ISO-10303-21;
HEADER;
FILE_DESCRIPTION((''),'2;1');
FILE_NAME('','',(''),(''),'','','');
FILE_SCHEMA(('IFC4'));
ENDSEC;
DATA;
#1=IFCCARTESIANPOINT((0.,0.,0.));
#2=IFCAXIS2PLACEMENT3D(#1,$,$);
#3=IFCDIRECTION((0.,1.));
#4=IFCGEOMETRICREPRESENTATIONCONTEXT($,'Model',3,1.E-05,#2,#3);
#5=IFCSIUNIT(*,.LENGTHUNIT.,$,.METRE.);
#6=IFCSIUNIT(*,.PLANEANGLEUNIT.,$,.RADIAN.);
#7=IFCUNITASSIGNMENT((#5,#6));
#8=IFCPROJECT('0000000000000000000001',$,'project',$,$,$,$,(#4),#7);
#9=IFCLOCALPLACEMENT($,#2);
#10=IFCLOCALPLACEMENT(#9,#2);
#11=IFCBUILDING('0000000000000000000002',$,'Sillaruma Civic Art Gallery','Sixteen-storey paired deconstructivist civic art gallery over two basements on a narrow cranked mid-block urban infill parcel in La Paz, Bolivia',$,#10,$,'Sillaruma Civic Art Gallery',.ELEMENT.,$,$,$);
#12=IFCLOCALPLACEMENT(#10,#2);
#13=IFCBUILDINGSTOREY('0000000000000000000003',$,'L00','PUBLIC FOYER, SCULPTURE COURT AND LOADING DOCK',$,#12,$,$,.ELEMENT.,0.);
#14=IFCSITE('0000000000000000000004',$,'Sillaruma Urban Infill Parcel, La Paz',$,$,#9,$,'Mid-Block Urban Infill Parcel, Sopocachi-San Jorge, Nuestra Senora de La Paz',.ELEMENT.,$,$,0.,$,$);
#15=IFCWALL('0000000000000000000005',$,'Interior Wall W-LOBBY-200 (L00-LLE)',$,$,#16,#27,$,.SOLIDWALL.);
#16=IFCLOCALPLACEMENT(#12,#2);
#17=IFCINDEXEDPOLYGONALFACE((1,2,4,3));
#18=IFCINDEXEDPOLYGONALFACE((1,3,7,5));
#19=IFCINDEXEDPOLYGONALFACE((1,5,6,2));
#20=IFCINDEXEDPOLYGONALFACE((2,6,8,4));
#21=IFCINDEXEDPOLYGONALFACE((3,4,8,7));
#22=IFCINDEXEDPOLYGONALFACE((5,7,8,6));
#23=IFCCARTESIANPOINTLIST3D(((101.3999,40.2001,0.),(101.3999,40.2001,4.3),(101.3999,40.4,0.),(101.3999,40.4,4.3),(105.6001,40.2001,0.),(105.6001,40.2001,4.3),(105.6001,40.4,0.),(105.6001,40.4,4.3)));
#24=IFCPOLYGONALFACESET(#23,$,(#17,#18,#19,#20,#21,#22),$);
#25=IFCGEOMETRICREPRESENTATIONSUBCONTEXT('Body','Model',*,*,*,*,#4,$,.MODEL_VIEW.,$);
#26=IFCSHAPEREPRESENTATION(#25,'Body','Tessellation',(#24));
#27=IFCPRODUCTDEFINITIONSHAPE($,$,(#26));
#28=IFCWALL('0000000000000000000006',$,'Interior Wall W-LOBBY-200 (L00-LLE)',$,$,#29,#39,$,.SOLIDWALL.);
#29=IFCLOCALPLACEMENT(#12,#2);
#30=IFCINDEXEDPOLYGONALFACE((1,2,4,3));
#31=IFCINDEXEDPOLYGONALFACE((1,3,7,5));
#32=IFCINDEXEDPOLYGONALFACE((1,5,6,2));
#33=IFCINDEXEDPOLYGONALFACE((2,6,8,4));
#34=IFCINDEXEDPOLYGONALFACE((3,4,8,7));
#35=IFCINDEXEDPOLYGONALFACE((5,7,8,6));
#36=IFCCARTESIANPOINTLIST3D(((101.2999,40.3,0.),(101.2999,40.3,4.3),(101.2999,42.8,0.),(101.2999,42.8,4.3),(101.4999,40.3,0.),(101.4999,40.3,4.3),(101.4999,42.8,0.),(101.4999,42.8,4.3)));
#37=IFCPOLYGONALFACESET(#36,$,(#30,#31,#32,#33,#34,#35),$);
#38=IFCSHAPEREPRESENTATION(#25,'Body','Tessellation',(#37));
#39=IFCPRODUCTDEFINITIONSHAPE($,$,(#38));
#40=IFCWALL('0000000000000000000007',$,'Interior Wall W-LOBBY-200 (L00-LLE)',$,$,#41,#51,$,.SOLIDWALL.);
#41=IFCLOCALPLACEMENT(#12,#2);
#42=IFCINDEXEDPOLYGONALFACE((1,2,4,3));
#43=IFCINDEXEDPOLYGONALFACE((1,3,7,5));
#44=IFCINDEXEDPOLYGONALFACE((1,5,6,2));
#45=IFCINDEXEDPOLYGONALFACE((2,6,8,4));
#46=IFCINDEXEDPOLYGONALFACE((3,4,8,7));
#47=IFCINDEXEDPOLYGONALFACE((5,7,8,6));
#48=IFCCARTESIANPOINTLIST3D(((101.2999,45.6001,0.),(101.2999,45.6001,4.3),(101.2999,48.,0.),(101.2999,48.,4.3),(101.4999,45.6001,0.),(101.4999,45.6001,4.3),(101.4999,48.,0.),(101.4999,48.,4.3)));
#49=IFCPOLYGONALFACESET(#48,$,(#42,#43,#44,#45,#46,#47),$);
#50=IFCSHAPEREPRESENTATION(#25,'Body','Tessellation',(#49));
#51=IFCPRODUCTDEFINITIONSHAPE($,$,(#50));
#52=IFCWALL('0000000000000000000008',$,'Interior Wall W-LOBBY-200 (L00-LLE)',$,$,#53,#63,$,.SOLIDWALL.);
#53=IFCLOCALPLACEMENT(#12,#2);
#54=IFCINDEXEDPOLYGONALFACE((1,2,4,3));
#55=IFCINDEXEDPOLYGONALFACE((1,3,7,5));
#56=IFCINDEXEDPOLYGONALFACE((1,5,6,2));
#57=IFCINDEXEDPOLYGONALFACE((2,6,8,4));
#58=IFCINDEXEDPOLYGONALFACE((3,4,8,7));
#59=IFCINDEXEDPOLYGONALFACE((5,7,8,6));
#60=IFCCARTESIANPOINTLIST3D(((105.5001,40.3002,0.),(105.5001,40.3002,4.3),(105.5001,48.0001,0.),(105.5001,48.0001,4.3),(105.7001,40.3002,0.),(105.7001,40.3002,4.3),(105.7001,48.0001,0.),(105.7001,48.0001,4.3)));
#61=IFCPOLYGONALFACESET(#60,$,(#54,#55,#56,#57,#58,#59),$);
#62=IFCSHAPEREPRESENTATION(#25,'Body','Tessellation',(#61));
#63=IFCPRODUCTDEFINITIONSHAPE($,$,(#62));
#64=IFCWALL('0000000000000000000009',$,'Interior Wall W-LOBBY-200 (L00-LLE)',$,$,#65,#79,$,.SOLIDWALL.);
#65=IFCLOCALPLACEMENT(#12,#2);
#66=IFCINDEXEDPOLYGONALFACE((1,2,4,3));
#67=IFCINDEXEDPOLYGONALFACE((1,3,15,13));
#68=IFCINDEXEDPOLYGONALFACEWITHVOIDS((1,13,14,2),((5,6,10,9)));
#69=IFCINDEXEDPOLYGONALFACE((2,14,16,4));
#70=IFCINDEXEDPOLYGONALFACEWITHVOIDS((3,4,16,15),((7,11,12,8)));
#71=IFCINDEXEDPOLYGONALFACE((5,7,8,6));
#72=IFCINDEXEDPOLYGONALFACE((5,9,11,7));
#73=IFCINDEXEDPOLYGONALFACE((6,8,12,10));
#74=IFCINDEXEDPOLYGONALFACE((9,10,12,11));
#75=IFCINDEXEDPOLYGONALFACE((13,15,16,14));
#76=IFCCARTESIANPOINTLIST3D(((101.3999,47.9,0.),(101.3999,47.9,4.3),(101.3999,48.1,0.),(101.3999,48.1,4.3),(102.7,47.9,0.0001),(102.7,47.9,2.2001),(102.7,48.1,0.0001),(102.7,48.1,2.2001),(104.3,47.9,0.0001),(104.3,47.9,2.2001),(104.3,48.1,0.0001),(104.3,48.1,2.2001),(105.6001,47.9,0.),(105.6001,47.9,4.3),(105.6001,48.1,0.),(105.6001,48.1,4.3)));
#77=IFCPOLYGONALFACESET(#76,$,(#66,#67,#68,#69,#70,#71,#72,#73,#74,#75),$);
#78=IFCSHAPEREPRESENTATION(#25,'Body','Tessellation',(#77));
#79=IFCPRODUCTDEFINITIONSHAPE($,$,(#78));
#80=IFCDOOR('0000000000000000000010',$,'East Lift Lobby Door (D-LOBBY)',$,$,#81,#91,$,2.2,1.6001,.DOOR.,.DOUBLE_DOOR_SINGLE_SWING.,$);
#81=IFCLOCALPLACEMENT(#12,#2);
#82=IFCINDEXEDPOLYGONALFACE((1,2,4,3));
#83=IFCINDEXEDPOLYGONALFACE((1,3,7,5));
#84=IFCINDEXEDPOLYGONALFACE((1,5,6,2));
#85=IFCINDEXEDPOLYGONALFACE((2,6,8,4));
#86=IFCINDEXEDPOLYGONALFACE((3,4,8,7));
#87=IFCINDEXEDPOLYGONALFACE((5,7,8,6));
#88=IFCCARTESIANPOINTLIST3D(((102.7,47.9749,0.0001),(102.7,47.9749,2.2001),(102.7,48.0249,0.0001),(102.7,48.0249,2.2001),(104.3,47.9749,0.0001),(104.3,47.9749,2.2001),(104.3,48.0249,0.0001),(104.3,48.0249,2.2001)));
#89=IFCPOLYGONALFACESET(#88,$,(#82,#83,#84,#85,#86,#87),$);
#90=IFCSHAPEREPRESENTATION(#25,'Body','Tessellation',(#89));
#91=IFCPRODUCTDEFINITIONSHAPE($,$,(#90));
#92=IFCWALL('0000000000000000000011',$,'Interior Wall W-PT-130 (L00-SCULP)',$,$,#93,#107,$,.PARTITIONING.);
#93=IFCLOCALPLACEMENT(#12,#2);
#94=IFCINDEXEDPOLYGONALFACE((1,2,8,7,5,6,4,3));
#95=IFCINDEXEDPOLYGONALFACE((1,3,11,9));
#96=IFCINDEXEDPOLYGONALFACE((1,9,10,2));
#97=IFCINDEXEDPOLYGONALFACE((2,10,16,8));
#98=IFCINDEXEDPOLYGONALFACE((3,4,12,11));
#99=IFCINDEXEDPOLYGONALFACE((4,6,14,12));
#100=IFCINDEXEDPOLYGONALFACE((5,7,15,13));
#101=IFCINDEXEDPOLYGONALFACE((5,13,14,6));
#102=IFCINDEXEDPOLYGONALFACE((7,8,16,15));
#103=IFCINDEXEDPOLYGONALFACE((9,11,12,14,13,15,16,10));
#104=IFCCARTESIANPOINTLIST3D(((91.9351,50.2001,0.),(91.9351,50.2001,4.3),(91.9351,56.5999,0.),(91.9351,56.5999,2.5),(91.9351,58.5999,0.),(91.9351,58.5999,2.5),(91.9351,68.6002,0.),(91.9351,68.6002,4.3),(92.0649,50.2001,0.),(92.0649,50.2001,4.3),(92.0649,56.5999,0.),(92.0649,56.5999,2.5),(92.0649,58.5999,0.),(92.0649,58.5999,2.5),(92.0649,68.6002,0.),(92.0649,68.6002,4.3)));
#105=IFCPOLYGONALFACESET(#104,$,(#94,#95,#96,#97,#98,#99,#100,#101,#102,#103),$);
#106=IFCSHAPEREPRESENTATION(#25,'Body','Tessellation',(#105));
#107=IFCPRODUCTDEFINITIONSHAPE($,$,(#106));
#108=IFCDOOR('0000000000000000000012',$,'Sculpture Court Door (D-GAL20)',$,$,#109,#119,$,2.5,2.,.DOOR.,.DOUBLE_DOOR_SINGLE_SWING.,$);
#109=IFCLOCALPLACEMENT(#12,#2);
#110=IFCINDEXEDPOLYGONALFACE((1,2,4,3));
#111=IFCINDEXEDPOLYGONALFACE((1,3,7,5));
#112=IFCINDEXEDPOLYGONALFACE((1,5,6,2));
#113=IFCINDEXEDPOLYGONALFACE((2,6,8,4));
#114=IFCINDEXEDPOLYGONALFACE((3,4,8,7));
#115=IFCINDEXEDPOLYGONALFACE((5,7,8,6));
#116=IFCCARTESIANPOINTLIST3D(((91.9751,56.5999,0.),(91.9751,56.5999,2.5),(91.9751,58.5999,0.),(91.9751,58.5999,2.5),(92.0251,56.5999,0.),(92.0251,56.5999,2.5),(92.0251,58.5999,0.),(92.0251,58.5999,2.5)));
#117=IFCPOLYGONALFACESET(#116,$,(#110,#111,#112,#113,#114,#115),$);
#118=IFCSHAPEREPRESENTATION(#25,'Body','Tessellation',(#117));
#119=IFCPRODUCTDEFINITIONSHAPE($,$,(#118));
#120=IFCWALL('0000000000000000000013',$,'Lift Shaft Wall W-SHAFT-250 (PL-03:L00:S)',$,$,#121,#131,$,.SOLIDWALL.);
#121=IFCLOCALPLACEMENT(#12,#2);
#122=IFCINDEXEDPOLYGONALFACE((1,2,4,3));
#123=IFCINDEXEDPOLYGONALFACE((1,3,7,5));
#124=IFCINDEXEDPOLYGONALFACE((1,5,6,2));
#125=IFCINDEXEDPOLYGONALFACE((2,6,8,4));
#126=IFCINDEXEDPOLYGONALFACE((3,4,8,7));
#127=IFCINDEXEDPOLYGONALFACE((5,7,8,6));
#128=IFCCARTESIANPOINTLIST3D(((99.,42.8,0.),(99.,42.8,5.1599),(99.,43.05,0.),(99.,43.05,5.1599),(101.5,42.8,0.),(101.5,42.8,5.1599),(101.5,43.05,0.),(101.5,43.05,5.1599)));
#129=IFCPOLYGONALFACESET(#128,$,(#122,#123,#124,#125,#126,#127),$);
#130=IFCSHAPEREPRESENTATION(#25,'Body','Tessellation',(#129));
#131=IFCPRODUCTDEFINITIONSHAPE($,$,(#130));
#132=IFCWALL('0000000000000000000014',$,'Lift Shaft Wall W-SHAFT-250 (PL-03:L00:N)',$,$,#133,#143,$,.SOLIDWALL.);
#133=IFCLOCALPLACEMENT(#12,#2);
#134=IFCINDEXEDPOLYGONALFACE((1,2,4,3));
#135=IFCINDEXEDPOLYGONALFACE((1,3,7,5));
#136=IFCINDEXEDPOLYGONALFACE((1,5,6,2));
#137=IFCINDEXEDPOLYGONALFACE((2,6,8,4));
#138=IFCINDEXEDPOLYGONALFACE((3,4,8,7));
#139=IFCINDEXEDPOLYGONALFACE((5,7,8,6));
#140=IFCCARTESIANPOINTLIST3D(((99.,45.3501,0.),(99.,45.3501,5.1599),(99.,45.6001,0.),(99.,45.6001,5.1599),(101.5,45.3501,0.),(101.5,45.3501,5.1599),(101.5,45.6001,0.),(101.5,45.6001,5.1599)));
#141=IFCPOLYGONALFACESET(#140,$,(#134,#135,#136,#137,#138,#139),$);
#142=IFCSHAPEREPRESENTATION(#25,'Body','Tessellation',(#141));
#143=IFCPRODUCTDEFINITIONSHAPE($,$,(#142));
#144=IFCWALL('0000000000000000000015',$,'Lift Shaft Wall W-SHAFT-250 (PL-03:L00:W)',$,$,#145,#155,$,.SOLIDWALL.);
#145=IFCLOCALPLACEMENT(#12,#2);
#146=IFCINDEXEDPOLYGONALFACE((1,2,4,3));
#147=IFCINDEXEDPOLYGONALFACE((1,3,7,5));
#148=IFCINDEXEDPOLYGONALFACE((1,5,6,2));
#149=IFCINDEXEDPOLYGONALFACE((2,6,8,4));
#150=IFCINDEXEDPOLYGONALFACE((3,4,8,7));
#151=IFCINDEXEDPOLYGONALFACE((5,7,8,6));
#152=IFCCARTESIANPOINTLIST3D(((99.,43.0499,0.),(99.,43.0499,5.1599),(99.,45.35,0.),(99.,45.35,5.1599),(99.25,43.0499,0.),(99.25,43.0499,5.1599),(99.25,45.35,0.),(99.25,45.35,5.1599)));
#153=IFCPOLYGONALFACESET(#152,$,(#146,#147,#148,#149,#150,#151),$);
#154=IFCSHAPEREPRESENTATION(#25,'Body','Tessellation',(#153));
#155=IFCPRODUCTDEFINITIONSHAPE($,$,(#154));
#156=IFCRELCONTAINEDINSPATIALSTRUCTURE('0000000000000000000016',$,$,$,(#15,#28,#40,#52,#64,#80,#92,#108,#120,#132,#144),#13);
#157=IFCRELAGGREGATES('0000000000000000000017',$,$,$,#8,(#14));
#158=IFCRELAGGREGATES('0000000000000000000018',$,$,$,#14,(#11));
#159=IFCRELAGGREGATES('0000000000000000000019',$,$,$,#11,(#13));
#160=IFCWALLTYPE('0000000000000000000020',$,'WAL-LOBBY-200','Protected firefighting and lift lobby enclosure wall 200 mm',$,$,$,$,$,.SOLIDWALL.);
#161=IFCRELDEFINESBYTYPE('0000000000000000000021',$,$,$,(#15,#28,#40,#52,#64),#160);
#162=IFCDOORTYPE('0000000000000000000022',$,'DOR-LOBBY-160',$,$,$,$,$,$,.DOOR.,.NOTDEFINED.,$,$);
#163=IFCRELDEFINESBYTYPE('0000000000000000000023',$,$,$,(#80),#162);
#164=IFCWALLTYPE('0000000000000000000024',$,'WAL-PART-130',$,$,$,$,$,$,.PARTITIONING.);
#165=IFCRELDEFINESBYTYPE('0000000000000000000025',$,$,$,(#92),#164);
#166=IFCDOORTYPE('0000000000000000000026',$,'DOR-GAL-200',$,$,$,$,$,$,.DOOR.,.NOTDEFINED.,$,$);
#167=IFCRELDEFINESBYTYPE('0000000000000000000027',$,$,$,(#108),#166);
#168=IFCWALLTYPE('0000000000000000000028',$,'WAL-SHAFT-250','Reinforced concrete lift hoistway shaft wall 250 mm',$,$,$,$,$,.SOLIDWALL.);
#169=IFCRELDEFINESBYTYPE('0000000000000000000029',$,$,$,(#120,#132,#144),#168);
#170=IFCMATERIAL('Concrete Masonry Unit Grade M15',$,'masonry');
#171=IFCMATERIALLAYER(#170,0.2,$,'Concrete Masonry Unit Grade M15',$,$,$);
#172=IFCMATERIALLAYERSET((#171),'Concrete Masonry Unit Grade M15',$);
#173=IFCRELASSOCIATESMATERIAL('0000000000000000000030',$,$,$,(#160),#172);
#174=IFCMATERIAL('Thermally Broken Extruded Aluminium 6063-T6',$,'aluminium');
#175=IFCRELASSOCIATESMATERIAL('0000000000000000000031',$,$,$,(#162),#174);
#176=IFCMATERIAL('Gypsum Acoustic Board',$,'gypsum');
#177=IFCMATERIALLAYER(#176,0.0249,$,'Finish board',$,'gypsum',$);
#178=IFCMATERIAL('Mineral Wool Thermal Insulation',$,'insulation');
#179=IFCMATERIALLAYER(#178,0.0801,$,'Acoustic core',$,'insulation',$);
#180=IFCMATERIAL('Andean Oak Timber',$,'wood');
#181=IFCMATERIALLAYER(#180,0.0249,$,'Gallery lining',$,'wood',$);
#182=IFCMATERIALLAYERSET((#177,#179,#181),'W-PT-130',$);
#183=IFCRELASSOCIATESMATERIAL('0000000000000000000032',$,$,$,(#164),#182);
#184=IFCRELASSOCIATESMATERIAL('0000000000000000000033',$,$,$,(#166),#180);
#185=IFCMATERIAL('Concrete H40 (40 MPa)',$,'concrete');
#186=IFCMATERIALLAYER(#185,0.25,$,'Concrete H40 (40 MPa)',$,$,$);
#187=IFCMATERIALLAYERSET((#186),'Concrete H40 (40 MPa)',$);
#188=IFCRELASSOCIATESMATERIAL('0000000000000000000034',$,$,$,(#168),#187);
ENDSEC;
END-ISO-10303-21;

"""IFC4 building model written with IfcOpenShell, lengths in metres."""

from ifc_helpers import new_model, si_unit, direction, frame, frame_2d, origin, place, context, subcontext, project, spatial, rectangle, extrude, material, layer, layer_set, type_object, element, fill, save


model = new_model("IFC4")

# Units and contexts
model_context = context("Model", 3, precision=1e-05, world=origin(), true_north=direction((0.0, 1.0)))
body_context = subcontext(model_context, "Body", "Model", "MODEL_VIEW")
ifc_project = project(units=[si_unit("LENGTHUNIT", "METRE"), si_unit("PLANEANGLEUNIT", "RADIAN")], contexts=[model_context])

# Site, building, storey
site_placement = place(None, origin())
site = spatial("IfcSite", under=ifc_project, at=site_placement, Name="Sillaruma Urban Infill Parcel, La Paz", LongName="Mid-Block Urban Infill Parcel, Sopocachi-San Jorge, Nuestra Senora de La Paz", CompositionType="ELEMENT", RefElevation=0.0)
building_placement = place(site_placement, origin())
building = spatial("IfcBuilding", under=site, at=building_placement, Name="Sillaruma Civic Art Gallery", Description="Sixteen-storey paired deconstructivist civic art gallery over two basements on a narrow cranked mid-block urban infill parcel in La Paz, Bolivia", LongName="Sillaruma Civic Art Gallery", CompositionType="ELEMENT")
storey_placement = place(building_placement, origin())
storey = spatial("IfcBuildingStorey", under=building, at=storey_placement, Name="L00", Description="PUBLIC FOYER, SCULPTURE COURT AND LOADING DOCK", CompositionType="ELEMENT", Elevation=0.0)

# Shared definitions
ifc_material_1 = material(Name="Concrete H40 (40 MPa)", Category="concrete")

# Walls
ifc_material_2 = material(Name="Concrete Masonry Unit Grade M15", Category="masonry")
ifc_layer_1 = layer(ifc_material_2, 0.2, Name="Concrete Masonry Unit Grade M15")
ifc_layer_set_1 = layer_set([ifc_layer_1], Name="Concrete Masonry Unit Grade M15")
wall_type_1 = type_object("IfcWallType", Name="WAL-LOBBY-200", Description="Protected firefighting and lift lobby enclosure wall 200 mm", PredefinedType="SOLIDWALL", material=ifc_layer_set_1)
wall_1_placement = place(storey_placement, frame((101.3999, 40.3, 0.0), z_axis=(0.0, 0.0, 1.0), x_axis=(1.0, 0.0, 0.0)))
element("IfcWall", 1, at=wall_1_placement, inside=storey, type_object=wall_type_1, Name="Interior Wall W-LOBBY-200 (L00-LLE)", PredefinedType="SOLIDWALL", context=body_context, shape_type="SweptSolid", body=[
    extrude(rectangle(XDim=4.2002, YDim=0.2, at=frame_2d((2.1001, 0.0))), origin(), (0.0, 0.0, 1.0), 4.3),
])
wall_2_placement = place(storey_placement, frame((101.3999, 40.3, 0.0), z_axis=(0.0, 0.0, 1.0), x_axis=(0.0, 1.0, 0.0)))
element("IfcWall", 2, at=wall_2_placement, inside=storey, type_object=wall_type_1, Name="Interior Wall W-LOBBY-200 (L00-LLE)", PredefinedType="SOLIDWALL", context=body_context, shape_type="SweptSolid", body=[
    extrude(rectangle(XDim=2.5, YDim=0.2, at=frame_2d((1.25, 0.0))), origin(), (0.0, 0.0, 1.0), 4.3),
])
wall_3_placement = place(storey_placement, frame((101.3999, 45.6001, 0.0), z_axis=(0.0, 0.0, 1.0), x_axis=(0.0, 1.0, 0.0)))
element("IfcWall", 3, at=wall_3_placement, inside=storey, type_object=wall_type_1, Name="Interior Wall W-LOBBY-200 (L00-LLE)", PredefinedType="SOLIDWALL", context=body_context, shape_type="SweptSolid", body=[
    extrude(rectangle(XDim=2.3999, YDim=0.2, at=frame_2d((1.2, 0.0))), origin(), (0.0, 0.0, 1.0), 4.3),
])
wall_4_placement = place(storey_placement, frame((105.6001, 40.3, 0.0), z_axis=(0.0, 0.0, 1.0), x_axis=(0.0, 1.0, 0.0)))
element("IfcWall", 4, at=wall_4_placement, inside=storey, type_object=wall_type_1, Name="Interior Wall W-LOBBY-200 (L00-LLE)", PredefinedType="SOLIDWALL", context=body_context, shape_type="SweptSolid", body=[
    extrude(rectangle(XDim=7.7, YDim=0.2, at=frame_2d((3.8501, 0.0))), origin(), (0.0, 0.0, 1.0), 4.3),
])

# Walls, openings, doors
wall_5_placement = place(storey_placement, frame((101.3999, 48.0, 0.0), z_axis=(0.0, 0.0, 1.0), x_axis=(1.0, 0.0, 0.0)))
wall_5 = element("IfcWall", 5, at=wall_5_placement, inside=storey, type_object=wall_type_1, Name="Interior Wall W-LOBBY-200 (L00-LLE)", PredefinedType="SOLIDWALL", context=body_context, shape_type="SweptSolid", body=[
    extrude(rectangle(XDim=4.2002, YDim=0.2, at=frame_2d((2.1001, 0.0))), origin(), (0.0, 0.0, 1.0), 4.3),
])
opening_1_placement = place(wall_5_placement, frame((1.3, 0.0, 0.0)))
opening_1 = element("IfcOpeningElement", 6, at=opening_1_placement, cuts=wall_5, PredefinedType="OPENING", context=body_context, shape_type="SweptSolid", body=[
    extrude(rectangle(XDim=1.6001, YDim=2.2, at=frame_2d((0.8, 1.1001))), frame((0.0, 0.1099, 0.0), z_axis=(0.0, -1.0, 0.0), x_axis=(1.0, 0.0, 0.0)), (0.0, 0.0, 1.0), 0.22),
])
ifc_material_3 = material(Name="Thermally Broken Extruded Aluminium 6063-T6", Category="aluminium")
door_type_1 = type_object("IfcDoorType", Name="DOR-LOBBY-160", OperationType="NOTDEFINED", PredefinedType="DOOR", material=ifc_material_3)
door_1_placement = place(opening_1_placement, origin())
door_1 = element("IfcDoor", 7, at=door_1_placement, inside=storey, type_object=door_type_1, Name="East Lift Lobby Door (D-LOBBY)", OperationType="DOUBLE_DOOR_SINGLE_SWING", OverallHeight=2.2, OverallWidth=1.6001, PredefinedType="DOOR", context=body_context, shape_type="SweptSolid", body=[
    extrude(rectangle(XDim=1.6001, YDim=2.2, at=frame_2d((0.8, 1.1001))), frame((0.0, 0.0249, 0.0), z_axis=(0.0, -1.0, 0.0), x_axis=(1.0, 0.0, 0.0)), (0.0, 0.0, 1.0), 0.05),
])
fill(opening_1, door_1)
ifc_material_4 = material(Name="Gypsum Acoustic Board", Category="gypsum")
ifc_layer_2 = layer(ifc_material_4, 0.0249, Name="Finish board", Category="gypsum")
ifc_material_5 = material(Name="Mineral Wool Thermal Insulation", Category="insulation")
ifc_layer_3 = layer(ifc_material_5, 0.0801, Name="Acoustic core", Category="insulation")
ifc_material_6 = material(Name="Andean Oak Timber", Category="wood")
ifc_layer_4 = layer(ifc_material_6, 0.0249, Name="Gallery lining", Category="wood")
ifc_layer_set_2 = layer_set([ifc_layer_2, ifc_layer_3, ifc_layer_4], Name="W-PT-130")
wall_type_2 = type_object("IfcWallType", Name="WAL-PART-130", PredefinedType="PARTITIONING", material=ifc_layer_set_2)
wall_6_placement = place(storey_placement, frame((92.0, 50.2, 0.0), z_axis=(0.0, 0.0, 1.0), x_axis=(0.0, 1.0, 0.0)))
wall_6 = element("IfcWall", 8, at=wall_6_placement, inside=storey, type_object=wall_type_2, Name="Interior Wall W-PT-130 (L00-SCULP)", PredefinedType="PARTITIONING", context=body_context, shape_type="SweptSolid", body=[
    extrude(rectangle(XDim=18.4001, YDim=0.1299, at=frame_2d((9.2002, 0.0))), origin(), (0.0, 0.0, 1.0), 4.3),
])
opening_2_placement = place(wall_6_placement, frame((6.3999, 0.0, 0.0)))
opening_2 = element("IfcOpeningElement", 9, at=opening_2_placement, cuts=wall_6, PredefinedType="OPENING", context=body_context, shape_type="SweptSolid", body=[
    extrude(rectangle(XDim=2.0, YDim=2.5, at=frame_2d((1.0, 1.25))), frame((0.0, 0.075, 0.0), z_axis=(0.0, -1.0, 0.0), x_axis=(1.0, 0.0, 0.0)), (0.0, 0.0, 1.0), 0.1499),
])
door_type_2 = type_object("IfcDoorType", Name="DOR-GAL-200", OperationType="NOTDEFINED", PredefinedType="DOOR", material=ifc_material_6)
door_2_placement = place(opening_2_placement, origin())
door_2 = element("IfcDoor", 10, at=door_2_placement, inside=storey, type_object=door_type_2, Name="Sculpture Court Door (D-GAL20)", OperationType="DOUBLE_DOOR_SINGLE_SWING", OverallHeight=2.5, OverallWidth=2.0, PredefinedType="DOOR", context=body_context, shape_type="SweptSolid", body=[
    extrude(rectangle(XDim=2.0, YDim=2.5, at=frame_2d((1.0, 1.25))), frame((0.0, 0.0249, 0.0), z_axis=(0.0, -1.0, 0.0), x_axis=(1.0, 0.0, 0.0)), (0.0, 0.0, 1.0), 0.05),
])
fill(opening_2, door_2)

# Walls
ifc_layer_5 = layer(ifc_material_1, 0.25, Name="Concrete H40 (40 MPa)")
ifc_layer_set_3 = layer_set([ifc_layer_5], Name="Concrete H40 (40 MPa)")
wall_type_3 = type_object("IfcWallType", Name="WAL-SHAFT-250", Description="Reinforced concrete lift hoistway shaft wall 250 mm", PredefinedType="SOLIDWALL", material=ifc_layer_set_3)
for number, where, z_axis, x_axis, name in (
    (11, (99.0, 42.925, 0.0), (0.0, 0.0, 1.0), (1.0, 0.0, 0.0), "Lift Shaft Wall W-SHAFT-250 (PL-03:L00:S)"),
    (12, (99.0, 45.4751, 0.0), (0.0, 0.0, 1.0), (1.0, 0.0, 0.0), "Lift Shaft Wall W-SHAFT-250 (PL-03:L00:N)"),
):
    element("IfcWall", number, at=place(storey_placement, frame(where, z_axis=z_axis, x_axis=x_axis)), inside=storey, type_object=wall_type_3, Name=name, PredefinedType="SOLIDWALL", context=body_context, shape_type="SweptSolid", body=[
        extrude(rectangle(XDim=2.5, YDim=0.25, at=frame_2d((1.25, 0.0))), origin(), (0.0, 0.0, 1.0), 5.1599),
    ])
wall_7_placement = place(storey_placement, frame((99.125, 43.05, 0.0), z_axis=(0.0, 0.0, 1.0), x_axis=(0.0, 1.0, 0.0)))
element("IfcWall", 13, at=wall_7_placement, inside=storey, type_object=wall_type_3, Name="Lift Shaft Wall W-SHAFT-250 (PL-03:L00:W)", PredefinedType="SOLIDWALL", context=body_context, shape_type="SweptSolid", body=[
    extrude(rectangle(XDim=2.3, YDim=0.25, at=frame_2d((1.1499, 0.0))), origin(), (0.0, 0.0, 1.0), 5.1599),
])

save(model, "model.ifc")
